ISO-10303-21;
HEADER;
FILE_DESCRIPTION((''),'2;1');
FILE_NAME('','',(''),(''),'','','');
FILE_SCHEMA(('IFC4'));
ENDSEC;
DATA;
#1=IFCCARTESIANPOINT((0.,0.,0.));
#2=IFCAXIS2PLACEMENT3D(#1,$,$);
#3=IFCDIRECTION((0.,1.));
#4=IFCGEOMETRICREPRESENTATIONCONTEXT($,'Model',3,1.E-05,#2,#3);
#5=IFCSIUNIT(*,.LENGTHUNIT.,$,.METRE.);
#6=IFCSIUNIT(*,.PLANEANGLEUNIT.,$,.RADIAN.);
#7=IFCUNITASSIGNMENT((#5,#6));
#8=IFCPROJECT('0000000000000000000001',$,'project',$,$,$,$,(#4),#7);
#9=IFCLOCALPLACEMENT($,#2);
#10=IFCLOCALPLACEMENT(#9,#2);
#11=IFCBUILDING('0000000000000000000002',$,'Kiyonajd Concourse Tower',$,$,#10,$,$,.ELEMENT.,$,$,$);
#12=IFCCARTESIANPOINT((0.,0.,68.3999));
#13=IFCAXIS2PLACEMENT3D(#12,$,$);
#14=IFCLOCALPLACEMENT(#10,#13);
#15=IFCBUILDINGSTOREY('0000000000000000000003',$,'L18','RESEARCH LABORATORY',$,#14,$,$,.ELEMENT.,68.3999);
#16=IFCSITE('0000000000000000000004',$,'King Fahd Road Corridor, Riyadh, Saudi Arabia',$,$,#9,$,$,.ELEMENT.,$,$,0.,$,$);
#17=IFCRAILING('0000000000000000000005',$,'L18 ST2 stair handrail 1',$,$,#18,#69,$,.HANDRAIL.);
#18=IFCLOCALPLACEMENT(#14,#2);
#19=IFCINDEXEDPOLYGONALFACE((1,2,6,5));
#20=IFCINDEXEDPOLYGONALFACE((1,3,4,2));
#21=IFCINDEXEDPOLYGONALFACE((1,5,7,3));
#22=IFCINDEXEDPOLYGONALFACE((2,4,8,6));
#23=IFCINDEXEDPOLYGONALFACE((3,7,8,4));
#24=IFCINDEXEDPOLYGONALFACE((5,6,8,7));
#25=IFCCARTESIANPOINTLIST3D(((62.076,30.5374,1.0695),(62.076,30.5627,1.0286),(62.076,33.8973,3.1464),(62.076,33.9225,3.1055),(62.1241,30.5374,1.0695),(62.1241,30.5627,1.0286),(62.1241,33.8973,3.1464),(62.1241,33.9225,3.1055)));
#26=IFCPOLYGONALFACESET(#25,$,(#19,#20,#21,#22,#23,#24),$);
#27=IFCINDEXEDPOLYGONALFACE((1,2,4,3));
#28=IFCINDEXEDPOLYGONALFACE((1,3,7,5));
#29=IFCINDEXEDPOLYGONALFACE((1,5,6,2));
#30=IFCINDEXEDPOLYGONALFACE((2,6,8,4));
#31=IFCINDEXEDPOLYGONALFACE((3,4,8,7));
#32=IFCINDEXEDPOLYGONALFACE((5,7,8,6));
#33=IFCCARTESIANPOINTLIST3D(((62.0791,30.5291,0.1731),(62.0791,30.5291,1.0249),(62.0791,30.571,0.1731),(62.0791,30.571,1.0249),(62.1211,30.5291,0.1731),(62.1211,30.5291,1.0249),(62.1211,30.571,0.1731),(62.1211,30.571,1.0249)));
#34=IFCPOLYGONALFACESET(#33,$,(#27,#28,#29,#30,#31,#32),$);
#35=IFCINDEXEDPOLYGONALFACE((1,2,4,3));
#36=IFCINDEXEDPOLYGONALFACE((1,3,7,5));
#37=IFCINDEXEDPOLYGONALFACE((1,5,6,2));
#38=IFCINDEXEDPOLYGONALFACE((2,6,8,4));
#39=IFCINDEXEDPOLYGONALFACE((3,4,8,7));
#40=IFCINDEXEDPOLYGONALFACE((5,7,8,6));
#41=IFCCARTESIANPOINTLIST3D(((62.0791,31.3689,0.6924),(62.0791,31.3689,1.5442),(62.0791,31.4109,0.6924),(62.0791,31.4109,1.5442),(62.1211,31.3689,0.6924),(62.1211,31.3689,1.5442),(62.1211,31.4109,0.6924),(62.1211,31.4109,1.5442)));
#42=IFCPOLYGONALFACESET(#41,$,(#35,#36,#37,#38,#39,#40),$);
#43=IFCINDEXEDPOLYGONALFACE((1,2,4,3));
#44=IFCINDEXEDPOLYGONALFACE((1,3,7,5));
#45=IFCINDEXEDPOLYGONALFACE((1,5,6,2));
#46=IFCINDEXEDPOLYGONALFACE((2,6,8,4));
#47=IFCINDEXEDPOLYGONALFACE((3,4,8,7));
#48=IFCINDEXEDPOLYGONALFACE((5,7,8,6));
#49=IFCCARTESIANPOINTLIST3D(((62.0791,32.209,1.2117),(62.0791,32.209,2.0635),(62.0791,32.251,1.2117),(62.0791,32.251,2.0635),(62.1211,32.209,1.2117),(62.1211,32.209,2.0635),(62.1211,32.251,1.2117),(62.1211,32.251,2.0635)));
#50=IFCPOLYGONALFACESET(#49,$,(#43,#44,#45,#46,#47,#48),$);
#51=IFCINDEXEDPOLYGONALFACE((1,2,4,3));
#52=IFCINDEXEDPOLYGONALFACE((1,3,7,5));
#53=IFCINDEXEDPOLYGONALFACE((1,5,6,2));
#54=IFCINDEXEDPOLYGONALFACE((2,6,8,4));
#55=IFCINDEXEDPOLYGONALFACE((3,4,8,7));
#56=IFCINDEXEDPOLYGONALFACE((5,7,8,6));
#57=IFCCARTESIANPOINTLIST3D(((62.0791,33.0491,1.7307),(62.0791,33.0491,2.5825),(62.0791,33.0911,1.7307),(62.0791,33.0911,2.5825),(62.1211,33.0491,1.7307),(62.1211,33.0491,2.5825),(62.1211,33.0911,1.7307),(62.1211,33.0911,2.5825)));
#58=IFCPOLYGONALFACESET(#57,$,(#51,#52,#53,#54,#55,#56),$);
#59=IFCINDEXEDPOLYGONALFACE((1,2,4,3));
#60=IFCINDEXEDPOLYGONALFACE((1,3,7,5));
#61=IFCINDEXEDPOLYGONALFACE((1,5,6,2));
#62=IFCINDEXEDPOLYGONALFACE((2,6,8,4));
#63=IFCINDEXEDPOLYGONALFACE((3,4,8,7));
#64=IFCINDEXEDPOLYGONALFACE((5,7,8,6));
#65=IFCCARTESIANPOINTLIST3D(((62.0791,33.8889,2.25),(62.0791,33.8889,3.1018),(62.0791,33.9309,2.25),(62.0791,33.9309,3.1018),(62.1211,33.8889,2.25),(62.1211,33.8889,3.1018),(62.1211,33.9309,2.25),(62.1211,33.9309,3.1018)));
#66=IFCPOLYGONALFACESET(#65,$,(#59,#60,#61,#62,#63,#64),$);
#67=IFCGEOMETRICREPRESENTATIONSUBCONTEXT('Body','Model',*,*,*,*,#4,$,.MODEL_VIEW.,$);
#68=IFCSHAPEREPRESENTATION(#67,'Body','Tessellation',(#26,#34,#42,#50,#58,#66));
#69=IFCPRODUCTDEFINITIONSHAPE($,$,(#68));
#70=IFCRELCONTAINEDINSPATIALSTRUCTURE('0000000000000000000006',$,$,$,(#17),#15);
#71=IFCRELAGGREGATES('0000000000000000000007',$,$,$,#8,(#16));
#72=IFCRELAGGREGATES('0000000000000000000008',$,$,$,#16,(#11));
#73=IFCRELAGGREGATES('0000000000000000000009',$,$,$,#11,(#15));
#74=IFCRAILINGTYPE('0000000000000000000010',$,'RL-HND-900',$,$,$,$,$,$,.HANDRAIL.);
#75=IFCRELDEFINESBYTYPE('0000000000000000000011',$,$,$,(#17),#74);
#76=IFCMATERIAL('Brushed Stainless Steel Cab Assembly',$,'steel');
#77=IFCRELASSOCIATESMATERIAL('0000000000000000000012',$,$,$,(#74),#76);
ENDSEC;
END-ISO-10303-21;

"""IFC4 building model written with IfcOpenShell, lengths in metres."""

from ifc_helpers import new_model, si_unit, direction, frame, origin, origin_2d, place, context, subcontext, project, spatial, rectangle, extrude, material, type_object, element, save


model = new_model("IFC4")

# Units and contexts
model_context = context("Model", 3, precision=1e-05, world=origin(), true_north=direction((0.0, 1.0)))
body_context = subcontext(model_context, "Body", "Model", "MODEL_VIEW")
ifc_project = project(units=[si_unit("LENGTHUNIT", "METRE"), si_unit("PLANEANGLEUNIT", "RADIAN")], contexts=[model_context])

# Site, building, storey
site_placement = place(None, origin())
site = spatial("IfcSite", under=ifc_project, at=site_placement, Name="King Fahd Road Corridor, Riyadh, Saudi Arabia", CompositionType="ELEMENT", RefElevation=0.0)
building_placement = place(site_placement, origin())
building = spatial("IfcBuilding", under=site, at=building_placement, Name="Kiyonajd Concourse Tower", CompositionType="ELEMENT")
storey_placement = place(building_placement, frame((0.0, 0.0, 68.3999)))
storey = spatial("IfcBuildingStorey", under=building, at=storey_placement, Name="L18", Description="RESEARCH LABORATORY", CompositionType="ELEMENT", Elevation=68.3999)

# Shared definitions
ifc_material_1 = material(Name="Brushed Stainless Steel Cab Assembly", Category="steel")

# Railing
railing_type_1 = type_object("IfcRailingType", Name="RL-HND-900", PredefinedType="HANDRAIL", material=ifc_material_1)
railing_1_placement = place(storey_placement, frame((62.1001, 30.55, 0.1731)))
element("IfcRailing", 1, at=railing_1_placement, inside=storey, type_object=railing_type_1, Name="L18 ST2 stair handrail 1", PredefinedType="HANDRAIL", context=body_context, shape_type="SweptSolid", body=[
    extrude(rectangle(XDim=0.0481, YDim=0.0481, at=origin_2d()), frame((0.0, 0.0, 0.876), z_axis=(0.0, 0.850606, 0.525803), x_axis=(-1.0, 0.0, 0.0)), (0.0, 0.0, 1.0), 3.95),
    extrude(rectangle(XDim=0.042, YDim=0.042, at=origin_2d()), origin(), (0.0, 0.0, 1.0), 0.8518),
    extrude(rectangle(XDim=0.042, YDim=0.042, at=origin_2d()), frame((0.0, 0.8398, 0.5193)), (0.0, 0.0, 1.0), 0.8518),
    extrude(rectangle(XDim=0.042, YDim=0.042, at=origin_2d()), frame((0.0, 1.6799, 1.0386)), (0.0, 0.0, 1.0), 0.8518),
    extrude(rectangle(XDim=0.042, YDim=0.042, at=origin_2d()), frame((0.0, 2.52, 1.5576)), (0.0, 0.0, 1.0), 0.8518),
    extrude(rectangle(XDim=0.042, YDim=0.042, at=origin_2d()), frame((0.0, 3.3599, 2.0769)), (0.0, 0.0, 1.0), 0.8518),
])

save(model, "model.ifc")
